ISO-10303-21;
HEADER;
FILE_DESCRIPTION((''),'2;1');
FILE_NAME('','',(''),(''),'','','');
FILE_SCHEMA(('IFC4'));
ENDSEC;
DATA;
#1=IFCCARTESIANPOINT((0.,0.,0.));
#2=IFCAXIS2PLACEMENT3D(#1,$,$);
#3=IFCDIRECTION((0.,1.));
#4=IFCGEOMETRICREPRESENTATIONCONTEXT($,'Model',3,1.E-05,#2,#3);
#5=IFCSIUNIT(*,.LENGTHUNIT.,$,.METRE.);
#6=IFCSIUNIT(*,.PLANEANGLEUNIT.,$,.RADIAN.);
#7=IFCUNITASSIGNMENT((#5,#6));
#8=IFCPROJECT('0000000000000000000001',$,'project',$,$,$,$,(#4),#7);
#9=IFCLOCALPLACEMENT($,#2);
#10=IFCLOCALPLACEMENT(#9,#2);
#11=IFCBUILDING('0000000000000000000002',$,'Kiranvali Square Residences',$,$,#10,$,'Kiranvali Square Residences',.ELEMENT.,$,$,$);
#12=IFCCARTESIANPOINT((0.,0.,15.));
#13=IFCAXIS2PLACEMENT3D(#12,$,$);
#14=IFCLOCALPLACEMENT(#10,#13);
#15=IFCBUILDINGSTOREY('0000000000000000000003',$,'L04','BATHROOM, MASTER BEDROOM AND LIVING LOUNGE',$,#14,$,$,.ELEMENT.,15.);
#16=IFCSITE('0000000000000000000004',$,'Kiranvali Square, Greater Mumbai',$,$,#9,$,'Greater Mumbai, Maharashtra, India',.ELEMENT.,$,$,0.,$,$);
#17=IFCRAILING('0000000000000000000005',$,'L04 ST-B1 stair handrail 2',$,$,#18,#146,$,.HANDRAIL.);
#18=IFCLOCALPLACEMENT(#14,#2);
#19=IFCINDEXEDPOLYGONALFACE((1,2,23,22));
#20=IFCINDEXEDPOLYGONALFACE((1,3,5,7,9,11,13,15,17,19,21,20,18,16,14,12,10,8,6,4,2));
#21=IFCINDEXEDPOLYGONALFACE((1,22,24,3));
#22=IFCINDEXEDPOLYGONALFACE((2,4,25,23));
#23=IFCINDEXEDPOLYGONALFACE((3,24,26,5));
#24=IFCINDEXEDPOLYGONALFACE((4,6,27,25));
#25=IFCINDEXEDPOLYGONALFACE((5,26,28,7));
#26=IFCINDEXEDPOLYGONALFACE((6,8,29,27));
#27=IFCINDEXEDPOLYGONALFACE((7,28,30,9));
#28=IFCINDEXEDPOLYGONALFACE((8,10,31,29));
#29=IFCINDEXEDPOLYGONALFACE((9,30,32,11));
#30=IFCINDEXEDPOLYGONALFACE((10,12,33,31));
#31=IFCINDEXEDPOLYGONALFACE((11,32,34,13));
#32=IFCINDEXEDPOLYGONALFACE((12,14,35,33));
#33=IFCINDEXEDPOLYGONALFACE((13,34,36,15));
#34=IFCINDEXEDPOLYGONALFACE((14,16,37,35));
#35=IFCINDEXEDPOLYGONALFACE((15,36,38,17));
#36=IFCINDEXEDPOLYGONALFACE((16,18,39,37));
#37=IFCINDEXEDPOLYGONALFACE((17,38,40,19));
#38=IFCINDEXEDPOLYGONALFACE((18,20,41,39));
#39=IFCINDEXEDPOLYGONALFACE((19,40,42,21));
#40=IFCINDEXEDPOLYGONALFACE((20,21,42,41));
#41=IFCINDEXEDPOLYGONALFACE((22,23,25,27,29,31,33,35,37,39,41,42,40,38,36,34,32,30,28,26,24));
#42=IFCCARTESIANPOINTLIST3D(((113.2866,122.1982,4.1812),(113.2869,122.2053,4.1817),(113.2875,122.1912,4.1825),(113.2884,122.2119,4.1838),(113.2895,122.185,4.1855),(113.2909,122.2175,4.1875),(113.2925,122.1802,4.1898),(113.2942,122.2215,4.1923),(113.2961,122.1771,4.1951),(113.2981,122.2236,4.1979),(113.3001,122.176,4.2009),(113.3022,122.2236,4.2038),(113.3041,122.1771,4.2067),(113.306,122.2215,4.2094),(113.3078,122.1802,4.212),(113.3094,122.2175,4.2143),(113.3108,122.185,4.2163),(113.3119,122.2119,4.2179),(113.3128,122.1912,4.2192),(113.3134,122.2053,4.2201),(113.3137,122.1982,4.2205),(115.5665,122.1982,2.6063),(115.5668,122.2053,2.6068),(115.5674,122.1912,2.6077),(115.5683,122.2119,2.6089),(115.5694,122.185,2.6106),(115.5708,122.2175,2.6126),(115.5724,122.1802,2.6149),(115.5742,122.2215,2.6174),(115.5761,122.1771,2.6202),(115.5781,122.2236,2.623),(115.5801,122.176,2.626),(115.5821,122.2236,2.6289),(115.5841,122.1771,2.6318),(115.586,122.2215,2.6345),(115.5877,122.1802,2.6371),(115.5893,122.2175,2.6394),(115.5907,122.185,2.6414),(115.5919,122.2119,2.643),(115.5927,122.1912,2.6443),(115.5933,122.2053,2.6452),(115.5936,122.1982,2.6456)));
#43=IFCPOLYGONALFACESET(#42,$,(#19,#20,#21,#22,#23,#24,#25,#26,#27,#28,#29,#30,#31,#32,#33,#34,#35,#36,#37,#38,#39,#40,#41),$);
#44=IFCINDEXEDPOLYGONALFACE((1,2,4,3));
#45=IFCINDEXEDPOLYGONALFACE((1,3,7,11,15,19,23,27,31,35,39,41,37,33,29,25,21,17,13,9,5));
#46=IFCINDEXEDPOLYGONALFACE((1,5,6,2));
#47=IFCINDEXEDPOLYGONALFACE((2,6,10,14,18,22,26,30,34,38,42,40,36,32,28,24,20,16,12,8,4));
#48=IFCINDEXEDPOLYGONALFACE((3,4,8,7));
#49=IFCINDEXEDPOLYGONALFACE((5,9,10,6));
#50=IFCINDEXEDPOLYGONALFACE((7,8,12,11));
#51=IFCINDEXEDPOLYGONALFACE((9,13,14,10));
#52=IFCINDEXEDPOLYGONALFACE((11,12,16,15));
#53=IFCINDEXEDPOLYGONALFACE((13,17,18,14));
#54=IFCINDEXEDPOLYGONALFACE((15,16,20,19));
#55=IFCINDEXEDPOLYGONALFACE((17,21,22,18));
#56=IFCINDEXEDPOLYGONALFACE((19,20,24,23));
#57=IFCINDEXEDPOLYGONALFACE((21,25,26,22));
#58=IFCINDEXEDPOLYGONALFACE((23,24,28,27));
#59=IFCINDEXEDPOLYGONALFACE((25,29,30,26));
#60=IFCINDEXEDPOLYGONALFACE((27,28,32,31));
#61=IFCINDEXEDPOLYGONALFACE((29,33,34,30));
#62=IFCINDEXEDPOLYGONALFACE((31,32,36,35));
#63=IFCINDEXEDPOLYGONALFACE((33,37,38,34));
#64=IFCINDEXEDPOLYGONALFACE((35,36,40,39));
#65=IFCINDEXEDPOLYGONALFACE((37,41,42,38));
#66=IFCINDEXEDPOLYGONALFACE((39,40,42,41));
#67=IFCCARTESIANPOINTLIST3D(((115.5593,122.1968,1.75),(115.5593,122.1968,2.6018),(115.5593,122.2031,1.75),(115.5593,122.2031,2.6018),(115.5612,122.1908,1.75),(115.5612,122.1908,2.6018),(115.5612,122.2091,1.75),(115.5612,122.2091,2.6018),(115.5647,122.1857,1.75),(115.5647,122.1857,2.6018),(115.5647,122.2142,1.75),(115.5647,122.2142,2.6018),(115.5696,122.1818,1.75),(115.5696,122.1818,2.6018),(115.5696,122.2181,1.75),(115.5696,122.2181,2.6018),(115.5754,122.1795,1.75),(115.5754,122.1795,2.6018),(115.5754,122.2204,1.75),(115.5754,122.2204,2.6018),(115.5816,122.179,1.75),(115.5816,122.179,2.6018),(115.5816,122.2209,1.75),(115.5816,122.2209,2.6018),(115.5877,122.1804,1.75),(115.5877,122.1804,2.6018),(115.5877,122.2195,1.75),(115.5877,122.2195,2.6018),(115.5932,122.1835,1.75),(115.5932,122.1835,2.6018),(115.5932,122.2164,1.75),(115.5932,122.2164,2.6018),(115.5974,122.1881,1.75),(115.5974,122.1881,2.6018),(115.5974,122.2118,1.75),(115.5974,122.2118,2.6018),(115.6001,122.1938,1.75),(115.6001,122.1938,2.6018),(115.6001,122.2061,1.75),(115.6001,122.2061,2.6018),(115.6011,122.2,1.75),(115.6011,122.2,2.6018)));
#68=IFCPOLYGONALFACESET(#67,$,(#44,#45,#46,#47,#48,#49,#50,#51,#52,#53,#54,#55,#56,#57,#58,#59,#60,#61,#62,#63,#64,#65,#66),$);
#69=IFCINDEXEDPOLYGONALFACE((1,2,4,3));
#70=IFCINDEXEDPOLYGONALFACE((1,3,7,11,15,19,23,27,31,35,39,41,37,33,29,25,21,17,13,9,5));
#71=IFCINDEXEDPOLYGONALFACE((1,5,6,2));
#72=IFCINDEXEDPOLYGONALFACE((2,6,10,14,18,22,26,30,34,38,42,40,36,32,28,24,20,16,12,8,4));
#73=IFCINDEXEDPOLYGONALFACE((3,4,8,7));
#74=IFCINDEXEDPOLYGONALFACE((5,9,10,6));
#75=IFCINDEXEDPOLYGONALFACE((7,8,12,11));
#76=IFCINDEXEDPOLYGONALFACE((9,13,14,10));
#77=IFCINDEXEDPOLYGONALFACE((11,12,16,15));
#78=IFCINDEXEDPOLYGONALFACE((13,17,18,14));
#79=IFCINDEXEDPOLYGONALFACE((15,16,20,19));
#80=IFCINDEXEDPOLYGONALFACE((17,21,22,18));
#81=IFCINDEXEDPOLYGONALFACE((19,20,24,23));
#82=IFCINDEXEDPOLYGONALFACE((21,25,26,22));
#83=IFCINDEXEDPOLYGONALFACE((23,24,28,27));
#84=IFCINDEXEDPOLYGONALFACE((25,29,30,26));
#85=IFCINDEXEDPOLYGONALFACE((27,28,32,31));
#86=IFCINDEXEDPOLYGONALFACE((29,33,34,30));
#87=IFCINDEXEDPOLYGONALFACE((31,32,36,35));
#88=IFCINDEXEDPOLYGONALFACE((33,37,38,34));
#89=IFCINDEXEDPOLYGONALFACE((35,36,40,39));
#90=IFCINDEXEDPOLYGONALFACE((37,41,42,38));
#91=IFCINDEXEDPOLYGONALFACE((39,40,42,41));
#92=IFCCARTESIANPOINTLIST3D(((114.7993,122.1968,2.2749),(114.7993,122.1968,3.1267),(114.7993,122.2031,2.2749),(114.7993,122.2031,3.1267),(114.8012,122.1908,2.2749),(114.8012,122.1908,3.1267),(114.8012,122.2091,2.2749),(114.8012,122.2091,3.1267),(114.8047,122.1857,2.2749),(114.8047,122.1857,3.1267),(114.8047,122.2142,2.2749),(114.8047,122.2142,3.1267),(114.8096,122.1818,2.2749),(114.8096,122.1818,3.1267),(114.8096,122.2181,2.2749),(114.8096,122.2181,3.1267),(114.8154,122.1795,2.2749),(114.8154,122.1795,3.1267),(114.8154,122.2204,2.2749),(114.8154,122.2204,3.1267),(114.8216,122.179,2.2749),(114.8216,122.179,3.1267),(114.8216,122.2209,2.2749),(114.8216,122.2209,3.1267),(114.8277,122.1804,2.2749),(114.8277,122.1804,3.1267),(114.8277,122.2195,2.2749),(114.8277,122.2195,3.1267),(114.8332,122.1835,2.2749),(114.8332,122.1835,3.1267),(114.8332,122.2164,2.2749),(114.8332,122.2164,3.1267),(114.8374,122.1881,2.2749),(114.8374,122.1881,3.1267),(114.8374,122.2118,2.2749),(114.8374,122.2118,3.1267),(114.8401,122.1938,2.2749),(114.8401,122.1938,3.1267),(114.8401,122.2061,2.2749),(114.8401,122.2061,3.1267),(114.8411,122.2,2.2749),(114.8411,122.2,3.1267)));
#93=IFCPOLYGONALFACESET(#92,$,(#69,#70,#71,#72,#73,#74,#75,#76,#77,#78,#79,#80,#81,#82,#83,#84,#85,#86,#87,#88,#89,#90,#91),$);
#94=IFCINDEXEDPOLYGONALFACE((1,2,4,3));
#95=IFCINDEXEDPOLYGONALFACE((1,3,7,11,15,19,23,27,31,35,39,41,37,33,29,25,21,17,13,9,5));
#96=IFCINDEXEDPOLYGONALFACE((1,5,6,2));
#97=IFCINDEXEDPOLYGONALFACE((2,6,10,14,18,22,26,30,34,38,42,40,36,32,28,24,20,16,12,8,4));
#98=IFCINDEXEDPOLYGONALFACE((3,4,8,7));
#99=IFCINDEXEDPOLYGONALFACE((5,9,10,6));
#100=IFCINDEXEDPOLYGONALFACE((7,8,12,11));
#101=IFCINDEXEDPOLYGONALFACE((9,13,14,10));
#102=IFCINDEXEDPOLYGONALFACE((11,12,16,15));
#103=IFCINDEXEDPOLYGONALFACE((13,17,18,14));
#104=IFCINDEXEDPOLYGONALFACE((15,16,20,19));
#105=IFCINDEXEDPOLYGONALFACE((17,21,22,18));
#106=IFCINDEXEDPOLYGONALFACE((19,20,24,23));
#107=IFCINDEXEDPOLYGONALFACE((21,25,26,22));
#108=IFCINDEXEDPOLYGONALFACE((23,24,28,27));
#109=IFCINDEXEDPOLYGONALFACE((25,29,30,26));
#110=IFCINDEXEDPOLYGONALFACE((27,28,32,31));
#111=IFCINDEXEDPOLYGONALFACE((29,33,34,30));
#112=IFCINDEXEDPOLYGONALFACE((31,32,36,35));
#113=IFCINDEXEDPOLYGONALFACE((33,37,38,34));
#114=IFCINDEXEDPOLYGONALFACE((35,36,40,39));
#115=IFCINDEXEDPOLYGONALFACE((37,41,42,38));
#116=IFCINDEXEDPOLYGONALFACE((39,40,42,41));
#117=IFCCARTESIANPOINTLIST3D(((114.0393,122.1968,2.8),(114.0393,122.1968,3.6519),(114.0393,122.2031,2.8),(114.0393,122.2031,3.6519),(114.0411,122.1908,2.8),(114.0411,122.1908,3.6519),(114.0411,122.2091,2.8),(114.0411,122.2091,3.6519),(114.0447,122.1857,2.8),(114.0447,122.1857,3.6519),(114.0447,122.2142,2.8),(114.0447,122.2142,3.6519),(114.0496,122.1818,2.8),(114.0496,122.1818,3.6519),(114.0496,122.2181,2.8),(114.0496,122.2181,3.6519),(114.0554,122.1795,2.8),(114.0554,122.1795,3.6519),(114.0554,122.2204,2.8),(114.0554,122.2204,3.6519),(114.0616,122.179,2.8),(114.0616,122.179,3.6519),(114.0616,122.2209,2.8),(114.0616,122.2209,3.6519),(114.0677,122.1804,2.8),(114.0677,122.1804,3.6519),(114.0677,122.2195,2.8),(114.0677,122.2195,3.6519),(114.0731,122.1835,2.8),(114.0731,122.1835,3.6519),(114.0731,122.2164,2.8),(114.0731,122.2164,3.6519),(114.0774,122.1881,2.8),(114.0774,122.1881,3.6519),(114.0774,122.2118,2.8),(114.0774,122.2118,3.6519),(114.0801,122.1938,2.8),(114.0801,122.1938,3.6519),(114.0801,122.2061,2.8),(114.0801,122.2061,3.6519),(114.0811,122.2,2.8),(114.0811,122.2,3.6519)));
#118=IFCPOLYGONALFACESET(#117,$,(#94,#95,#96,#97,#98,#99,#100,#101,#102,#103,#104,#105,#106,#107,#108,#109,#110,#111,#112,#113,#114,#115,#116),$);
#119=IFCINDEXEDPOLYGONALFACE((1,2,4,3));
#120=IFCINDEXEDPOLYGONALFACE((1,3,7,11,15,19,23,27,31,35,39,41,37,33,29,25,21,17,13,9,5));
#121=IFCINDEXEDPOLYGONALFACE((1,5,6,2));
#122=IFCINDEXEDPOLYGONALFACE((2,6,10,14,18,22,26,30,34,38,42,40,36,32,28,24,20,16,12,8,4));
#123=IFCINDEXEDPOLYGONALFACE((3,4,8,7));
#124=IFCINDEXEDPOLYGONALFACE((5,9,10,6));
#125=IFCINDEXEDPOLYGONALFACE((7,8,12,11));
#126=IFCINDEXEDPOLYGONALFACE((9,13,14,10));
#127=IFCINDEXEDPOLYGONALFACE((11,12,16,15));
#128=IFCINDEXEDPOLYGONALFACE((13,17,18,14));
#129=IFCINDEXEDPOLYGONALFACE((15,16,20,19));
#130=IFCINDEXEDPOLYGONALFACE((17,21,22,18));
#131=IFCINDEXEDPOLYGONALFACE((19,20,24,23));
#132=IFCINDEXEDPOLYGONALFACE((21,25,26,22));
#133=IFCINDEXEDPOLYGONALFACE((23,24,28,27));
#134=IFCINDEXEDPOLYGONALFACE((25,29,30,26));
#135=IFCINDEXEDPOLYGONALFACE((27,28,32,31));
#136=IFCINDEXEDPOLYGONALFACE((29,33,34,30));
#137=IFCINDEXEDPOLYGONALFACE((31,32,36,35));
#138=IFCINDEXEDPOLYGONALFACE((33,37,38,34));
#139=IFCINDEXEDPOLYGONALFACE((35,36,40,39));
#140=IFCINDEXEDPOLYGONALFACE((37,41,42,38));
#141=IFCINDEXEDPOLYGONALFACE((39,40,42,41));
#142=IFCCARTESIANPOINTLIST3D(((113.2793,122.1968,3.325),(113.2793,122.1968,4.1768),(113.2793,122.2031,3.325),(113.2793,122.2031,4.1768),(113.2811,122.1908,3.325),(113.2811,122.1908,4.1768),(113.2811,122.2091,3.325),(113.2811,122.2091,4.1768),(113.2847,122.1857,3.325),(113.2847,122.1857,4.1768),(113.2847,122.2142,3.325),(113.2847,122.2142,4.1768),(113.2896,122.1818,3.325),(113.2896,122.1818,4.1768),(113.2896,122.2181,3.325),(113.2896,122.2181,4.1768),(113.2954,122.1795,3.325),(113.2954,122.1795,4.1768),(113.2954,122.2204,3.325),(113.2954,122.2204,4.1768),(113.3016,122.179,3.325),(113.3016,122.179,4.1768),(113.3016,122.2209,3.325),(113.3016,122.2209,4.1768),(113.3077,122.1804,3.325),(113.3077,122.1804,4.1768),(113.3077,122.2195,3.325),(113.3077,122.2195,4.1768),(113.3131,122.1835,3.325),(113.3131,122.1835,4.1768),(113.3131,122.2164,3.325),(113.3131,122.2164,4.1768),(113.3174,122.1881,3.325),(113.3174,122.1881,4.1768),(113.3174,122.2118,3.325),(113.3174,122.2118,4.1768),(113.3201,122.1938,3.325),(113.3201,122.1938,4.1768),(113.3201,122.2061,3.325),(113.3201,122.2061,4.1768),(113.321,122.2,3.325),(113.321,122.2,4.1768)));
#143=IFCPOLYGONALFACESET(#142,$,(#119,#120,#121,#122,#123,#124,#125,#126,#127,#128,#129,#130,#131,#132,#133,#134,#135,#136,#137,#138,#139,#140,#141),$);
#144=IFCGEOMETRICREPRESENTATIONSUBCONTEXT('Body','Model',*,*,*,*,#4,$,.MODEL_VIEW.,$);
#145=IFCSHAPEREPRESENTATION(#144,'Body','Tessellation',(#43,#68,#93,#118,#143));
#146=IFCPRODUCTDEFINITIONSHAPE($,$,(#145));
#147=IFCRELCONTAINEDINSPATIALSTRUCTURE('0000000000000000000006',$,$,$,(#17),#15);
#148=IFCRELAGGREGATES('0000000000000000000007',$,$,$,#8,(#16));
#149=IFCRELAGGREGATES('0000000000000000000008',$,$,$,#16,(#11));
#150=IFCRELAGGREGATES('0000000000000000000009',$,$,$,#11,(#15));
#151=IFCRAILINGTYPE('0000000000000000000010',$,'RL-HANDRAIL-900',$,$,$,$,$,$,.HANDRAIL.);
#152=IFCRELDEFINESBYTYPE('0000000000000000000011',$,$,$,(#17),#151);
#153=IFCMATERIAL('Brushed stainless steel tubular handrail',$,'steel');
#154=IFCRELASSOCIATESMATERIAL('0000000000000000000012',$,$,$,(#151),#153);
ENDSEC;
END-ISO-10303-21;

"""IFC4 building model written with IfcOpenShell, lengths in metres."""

from ifc_helpers import new_model, si_unit, direction, frame, origin, origin_2d, place, context, subcontext, project, spatial, circle, extrude, material, type_object, element, save


model = new_model("IFC4")

# Units and contexts
model_context = context("Model", 3, precision=1e-05, world=origin(), true_north=direction((0.0, 1.0)))
body_context = subcontext(model_context, "Body", "Model", "MODEL_VIEW")
ifc_project = project(units=[si_unit("LENGTHUNIT", "METRE"), si_unit("PLANEANGLEUNIT", "RADIAN")], contexts=[model_context])

# Site, building, storey
site_placement = place(None, origin())
site = spatial("IfcSite", under=ifc_project, at=site_placement, Name="Kiranvali Square, Greater Mumbai", LongName="Greater Mumbai, Maharashtra, India", CompositionType="ELEMENT", RefElevation=0.0)
building_placement = place(site_placement, origin())
building = spatial("IfcBuilding", under=site, at=building_placement, Name="Kiranvali Square Residences", LongName="Kiranvali Square Residences", CompositionType="ELEMENT")
storey_placement = place(building_placement, frame((0.0, 0.0, 15.0)))
storey = spatial("IfcBuildingStorey", under=building, at=storey_placement, Name="L04", Description="BATHROOM, MASTER BEDROOM AND LIVING LOUNGE", CompositionType="ELEMENT", Elevation=15.0)

# Railing
ifc_material_1 = material(Name="Brushed stainless steel tubular handrail", Category="steel")
railing_type_1 = type_object("IfcRailingType", Name="RL-HANDRAIL-900", PredefinedType="HANDRAIL", material=ifc_material_1)
railing_1_placement = place(storey_placement, frame((115.5801, 122.2, 1.75)))
element("IfcRailing", 1, at=railing_1_placement, inside=storey, type_object=railing_type_1, Name="L04 ST-B1 stair handrail 2", PredefinedType="HANDRAIL", context=body_context, shape_type="SweptSolid", body=[
    extrude(circle(Radius=0.0239, at=origin_2d()), frame((0.0, 0.0, 0.876), z_axis=(-0.822788, 0.0, 0.568348), x_axis=(0.0, -1.0, 0.0)), (0.0, 0.0, 1.0), 2.771),
    extrude(circle(Radius=0.021, at=origin_2d()), origin(), (0.0, 0.0, 1.0), 0.8518),
    extrude(circle(Radius=0.021, at=origin_2d()), frame((-0.76, 0.0, 0.5249)), (0.0, 0.0, 1.0), 0.8518),
    extrude(circle(Radius=0.021, at=origin_2d()), frame((-1.52, 0.0, 1.05)), (0.0, 0.0, 1.0), 0.8518),
    extrude(circle(Radius=0.021, at=origin_2d()), frame((-2.28, 0.0, 1.575)), (0.0, 0.0, 1.0), 0.8518),
])

save(model, "model.ifc")
